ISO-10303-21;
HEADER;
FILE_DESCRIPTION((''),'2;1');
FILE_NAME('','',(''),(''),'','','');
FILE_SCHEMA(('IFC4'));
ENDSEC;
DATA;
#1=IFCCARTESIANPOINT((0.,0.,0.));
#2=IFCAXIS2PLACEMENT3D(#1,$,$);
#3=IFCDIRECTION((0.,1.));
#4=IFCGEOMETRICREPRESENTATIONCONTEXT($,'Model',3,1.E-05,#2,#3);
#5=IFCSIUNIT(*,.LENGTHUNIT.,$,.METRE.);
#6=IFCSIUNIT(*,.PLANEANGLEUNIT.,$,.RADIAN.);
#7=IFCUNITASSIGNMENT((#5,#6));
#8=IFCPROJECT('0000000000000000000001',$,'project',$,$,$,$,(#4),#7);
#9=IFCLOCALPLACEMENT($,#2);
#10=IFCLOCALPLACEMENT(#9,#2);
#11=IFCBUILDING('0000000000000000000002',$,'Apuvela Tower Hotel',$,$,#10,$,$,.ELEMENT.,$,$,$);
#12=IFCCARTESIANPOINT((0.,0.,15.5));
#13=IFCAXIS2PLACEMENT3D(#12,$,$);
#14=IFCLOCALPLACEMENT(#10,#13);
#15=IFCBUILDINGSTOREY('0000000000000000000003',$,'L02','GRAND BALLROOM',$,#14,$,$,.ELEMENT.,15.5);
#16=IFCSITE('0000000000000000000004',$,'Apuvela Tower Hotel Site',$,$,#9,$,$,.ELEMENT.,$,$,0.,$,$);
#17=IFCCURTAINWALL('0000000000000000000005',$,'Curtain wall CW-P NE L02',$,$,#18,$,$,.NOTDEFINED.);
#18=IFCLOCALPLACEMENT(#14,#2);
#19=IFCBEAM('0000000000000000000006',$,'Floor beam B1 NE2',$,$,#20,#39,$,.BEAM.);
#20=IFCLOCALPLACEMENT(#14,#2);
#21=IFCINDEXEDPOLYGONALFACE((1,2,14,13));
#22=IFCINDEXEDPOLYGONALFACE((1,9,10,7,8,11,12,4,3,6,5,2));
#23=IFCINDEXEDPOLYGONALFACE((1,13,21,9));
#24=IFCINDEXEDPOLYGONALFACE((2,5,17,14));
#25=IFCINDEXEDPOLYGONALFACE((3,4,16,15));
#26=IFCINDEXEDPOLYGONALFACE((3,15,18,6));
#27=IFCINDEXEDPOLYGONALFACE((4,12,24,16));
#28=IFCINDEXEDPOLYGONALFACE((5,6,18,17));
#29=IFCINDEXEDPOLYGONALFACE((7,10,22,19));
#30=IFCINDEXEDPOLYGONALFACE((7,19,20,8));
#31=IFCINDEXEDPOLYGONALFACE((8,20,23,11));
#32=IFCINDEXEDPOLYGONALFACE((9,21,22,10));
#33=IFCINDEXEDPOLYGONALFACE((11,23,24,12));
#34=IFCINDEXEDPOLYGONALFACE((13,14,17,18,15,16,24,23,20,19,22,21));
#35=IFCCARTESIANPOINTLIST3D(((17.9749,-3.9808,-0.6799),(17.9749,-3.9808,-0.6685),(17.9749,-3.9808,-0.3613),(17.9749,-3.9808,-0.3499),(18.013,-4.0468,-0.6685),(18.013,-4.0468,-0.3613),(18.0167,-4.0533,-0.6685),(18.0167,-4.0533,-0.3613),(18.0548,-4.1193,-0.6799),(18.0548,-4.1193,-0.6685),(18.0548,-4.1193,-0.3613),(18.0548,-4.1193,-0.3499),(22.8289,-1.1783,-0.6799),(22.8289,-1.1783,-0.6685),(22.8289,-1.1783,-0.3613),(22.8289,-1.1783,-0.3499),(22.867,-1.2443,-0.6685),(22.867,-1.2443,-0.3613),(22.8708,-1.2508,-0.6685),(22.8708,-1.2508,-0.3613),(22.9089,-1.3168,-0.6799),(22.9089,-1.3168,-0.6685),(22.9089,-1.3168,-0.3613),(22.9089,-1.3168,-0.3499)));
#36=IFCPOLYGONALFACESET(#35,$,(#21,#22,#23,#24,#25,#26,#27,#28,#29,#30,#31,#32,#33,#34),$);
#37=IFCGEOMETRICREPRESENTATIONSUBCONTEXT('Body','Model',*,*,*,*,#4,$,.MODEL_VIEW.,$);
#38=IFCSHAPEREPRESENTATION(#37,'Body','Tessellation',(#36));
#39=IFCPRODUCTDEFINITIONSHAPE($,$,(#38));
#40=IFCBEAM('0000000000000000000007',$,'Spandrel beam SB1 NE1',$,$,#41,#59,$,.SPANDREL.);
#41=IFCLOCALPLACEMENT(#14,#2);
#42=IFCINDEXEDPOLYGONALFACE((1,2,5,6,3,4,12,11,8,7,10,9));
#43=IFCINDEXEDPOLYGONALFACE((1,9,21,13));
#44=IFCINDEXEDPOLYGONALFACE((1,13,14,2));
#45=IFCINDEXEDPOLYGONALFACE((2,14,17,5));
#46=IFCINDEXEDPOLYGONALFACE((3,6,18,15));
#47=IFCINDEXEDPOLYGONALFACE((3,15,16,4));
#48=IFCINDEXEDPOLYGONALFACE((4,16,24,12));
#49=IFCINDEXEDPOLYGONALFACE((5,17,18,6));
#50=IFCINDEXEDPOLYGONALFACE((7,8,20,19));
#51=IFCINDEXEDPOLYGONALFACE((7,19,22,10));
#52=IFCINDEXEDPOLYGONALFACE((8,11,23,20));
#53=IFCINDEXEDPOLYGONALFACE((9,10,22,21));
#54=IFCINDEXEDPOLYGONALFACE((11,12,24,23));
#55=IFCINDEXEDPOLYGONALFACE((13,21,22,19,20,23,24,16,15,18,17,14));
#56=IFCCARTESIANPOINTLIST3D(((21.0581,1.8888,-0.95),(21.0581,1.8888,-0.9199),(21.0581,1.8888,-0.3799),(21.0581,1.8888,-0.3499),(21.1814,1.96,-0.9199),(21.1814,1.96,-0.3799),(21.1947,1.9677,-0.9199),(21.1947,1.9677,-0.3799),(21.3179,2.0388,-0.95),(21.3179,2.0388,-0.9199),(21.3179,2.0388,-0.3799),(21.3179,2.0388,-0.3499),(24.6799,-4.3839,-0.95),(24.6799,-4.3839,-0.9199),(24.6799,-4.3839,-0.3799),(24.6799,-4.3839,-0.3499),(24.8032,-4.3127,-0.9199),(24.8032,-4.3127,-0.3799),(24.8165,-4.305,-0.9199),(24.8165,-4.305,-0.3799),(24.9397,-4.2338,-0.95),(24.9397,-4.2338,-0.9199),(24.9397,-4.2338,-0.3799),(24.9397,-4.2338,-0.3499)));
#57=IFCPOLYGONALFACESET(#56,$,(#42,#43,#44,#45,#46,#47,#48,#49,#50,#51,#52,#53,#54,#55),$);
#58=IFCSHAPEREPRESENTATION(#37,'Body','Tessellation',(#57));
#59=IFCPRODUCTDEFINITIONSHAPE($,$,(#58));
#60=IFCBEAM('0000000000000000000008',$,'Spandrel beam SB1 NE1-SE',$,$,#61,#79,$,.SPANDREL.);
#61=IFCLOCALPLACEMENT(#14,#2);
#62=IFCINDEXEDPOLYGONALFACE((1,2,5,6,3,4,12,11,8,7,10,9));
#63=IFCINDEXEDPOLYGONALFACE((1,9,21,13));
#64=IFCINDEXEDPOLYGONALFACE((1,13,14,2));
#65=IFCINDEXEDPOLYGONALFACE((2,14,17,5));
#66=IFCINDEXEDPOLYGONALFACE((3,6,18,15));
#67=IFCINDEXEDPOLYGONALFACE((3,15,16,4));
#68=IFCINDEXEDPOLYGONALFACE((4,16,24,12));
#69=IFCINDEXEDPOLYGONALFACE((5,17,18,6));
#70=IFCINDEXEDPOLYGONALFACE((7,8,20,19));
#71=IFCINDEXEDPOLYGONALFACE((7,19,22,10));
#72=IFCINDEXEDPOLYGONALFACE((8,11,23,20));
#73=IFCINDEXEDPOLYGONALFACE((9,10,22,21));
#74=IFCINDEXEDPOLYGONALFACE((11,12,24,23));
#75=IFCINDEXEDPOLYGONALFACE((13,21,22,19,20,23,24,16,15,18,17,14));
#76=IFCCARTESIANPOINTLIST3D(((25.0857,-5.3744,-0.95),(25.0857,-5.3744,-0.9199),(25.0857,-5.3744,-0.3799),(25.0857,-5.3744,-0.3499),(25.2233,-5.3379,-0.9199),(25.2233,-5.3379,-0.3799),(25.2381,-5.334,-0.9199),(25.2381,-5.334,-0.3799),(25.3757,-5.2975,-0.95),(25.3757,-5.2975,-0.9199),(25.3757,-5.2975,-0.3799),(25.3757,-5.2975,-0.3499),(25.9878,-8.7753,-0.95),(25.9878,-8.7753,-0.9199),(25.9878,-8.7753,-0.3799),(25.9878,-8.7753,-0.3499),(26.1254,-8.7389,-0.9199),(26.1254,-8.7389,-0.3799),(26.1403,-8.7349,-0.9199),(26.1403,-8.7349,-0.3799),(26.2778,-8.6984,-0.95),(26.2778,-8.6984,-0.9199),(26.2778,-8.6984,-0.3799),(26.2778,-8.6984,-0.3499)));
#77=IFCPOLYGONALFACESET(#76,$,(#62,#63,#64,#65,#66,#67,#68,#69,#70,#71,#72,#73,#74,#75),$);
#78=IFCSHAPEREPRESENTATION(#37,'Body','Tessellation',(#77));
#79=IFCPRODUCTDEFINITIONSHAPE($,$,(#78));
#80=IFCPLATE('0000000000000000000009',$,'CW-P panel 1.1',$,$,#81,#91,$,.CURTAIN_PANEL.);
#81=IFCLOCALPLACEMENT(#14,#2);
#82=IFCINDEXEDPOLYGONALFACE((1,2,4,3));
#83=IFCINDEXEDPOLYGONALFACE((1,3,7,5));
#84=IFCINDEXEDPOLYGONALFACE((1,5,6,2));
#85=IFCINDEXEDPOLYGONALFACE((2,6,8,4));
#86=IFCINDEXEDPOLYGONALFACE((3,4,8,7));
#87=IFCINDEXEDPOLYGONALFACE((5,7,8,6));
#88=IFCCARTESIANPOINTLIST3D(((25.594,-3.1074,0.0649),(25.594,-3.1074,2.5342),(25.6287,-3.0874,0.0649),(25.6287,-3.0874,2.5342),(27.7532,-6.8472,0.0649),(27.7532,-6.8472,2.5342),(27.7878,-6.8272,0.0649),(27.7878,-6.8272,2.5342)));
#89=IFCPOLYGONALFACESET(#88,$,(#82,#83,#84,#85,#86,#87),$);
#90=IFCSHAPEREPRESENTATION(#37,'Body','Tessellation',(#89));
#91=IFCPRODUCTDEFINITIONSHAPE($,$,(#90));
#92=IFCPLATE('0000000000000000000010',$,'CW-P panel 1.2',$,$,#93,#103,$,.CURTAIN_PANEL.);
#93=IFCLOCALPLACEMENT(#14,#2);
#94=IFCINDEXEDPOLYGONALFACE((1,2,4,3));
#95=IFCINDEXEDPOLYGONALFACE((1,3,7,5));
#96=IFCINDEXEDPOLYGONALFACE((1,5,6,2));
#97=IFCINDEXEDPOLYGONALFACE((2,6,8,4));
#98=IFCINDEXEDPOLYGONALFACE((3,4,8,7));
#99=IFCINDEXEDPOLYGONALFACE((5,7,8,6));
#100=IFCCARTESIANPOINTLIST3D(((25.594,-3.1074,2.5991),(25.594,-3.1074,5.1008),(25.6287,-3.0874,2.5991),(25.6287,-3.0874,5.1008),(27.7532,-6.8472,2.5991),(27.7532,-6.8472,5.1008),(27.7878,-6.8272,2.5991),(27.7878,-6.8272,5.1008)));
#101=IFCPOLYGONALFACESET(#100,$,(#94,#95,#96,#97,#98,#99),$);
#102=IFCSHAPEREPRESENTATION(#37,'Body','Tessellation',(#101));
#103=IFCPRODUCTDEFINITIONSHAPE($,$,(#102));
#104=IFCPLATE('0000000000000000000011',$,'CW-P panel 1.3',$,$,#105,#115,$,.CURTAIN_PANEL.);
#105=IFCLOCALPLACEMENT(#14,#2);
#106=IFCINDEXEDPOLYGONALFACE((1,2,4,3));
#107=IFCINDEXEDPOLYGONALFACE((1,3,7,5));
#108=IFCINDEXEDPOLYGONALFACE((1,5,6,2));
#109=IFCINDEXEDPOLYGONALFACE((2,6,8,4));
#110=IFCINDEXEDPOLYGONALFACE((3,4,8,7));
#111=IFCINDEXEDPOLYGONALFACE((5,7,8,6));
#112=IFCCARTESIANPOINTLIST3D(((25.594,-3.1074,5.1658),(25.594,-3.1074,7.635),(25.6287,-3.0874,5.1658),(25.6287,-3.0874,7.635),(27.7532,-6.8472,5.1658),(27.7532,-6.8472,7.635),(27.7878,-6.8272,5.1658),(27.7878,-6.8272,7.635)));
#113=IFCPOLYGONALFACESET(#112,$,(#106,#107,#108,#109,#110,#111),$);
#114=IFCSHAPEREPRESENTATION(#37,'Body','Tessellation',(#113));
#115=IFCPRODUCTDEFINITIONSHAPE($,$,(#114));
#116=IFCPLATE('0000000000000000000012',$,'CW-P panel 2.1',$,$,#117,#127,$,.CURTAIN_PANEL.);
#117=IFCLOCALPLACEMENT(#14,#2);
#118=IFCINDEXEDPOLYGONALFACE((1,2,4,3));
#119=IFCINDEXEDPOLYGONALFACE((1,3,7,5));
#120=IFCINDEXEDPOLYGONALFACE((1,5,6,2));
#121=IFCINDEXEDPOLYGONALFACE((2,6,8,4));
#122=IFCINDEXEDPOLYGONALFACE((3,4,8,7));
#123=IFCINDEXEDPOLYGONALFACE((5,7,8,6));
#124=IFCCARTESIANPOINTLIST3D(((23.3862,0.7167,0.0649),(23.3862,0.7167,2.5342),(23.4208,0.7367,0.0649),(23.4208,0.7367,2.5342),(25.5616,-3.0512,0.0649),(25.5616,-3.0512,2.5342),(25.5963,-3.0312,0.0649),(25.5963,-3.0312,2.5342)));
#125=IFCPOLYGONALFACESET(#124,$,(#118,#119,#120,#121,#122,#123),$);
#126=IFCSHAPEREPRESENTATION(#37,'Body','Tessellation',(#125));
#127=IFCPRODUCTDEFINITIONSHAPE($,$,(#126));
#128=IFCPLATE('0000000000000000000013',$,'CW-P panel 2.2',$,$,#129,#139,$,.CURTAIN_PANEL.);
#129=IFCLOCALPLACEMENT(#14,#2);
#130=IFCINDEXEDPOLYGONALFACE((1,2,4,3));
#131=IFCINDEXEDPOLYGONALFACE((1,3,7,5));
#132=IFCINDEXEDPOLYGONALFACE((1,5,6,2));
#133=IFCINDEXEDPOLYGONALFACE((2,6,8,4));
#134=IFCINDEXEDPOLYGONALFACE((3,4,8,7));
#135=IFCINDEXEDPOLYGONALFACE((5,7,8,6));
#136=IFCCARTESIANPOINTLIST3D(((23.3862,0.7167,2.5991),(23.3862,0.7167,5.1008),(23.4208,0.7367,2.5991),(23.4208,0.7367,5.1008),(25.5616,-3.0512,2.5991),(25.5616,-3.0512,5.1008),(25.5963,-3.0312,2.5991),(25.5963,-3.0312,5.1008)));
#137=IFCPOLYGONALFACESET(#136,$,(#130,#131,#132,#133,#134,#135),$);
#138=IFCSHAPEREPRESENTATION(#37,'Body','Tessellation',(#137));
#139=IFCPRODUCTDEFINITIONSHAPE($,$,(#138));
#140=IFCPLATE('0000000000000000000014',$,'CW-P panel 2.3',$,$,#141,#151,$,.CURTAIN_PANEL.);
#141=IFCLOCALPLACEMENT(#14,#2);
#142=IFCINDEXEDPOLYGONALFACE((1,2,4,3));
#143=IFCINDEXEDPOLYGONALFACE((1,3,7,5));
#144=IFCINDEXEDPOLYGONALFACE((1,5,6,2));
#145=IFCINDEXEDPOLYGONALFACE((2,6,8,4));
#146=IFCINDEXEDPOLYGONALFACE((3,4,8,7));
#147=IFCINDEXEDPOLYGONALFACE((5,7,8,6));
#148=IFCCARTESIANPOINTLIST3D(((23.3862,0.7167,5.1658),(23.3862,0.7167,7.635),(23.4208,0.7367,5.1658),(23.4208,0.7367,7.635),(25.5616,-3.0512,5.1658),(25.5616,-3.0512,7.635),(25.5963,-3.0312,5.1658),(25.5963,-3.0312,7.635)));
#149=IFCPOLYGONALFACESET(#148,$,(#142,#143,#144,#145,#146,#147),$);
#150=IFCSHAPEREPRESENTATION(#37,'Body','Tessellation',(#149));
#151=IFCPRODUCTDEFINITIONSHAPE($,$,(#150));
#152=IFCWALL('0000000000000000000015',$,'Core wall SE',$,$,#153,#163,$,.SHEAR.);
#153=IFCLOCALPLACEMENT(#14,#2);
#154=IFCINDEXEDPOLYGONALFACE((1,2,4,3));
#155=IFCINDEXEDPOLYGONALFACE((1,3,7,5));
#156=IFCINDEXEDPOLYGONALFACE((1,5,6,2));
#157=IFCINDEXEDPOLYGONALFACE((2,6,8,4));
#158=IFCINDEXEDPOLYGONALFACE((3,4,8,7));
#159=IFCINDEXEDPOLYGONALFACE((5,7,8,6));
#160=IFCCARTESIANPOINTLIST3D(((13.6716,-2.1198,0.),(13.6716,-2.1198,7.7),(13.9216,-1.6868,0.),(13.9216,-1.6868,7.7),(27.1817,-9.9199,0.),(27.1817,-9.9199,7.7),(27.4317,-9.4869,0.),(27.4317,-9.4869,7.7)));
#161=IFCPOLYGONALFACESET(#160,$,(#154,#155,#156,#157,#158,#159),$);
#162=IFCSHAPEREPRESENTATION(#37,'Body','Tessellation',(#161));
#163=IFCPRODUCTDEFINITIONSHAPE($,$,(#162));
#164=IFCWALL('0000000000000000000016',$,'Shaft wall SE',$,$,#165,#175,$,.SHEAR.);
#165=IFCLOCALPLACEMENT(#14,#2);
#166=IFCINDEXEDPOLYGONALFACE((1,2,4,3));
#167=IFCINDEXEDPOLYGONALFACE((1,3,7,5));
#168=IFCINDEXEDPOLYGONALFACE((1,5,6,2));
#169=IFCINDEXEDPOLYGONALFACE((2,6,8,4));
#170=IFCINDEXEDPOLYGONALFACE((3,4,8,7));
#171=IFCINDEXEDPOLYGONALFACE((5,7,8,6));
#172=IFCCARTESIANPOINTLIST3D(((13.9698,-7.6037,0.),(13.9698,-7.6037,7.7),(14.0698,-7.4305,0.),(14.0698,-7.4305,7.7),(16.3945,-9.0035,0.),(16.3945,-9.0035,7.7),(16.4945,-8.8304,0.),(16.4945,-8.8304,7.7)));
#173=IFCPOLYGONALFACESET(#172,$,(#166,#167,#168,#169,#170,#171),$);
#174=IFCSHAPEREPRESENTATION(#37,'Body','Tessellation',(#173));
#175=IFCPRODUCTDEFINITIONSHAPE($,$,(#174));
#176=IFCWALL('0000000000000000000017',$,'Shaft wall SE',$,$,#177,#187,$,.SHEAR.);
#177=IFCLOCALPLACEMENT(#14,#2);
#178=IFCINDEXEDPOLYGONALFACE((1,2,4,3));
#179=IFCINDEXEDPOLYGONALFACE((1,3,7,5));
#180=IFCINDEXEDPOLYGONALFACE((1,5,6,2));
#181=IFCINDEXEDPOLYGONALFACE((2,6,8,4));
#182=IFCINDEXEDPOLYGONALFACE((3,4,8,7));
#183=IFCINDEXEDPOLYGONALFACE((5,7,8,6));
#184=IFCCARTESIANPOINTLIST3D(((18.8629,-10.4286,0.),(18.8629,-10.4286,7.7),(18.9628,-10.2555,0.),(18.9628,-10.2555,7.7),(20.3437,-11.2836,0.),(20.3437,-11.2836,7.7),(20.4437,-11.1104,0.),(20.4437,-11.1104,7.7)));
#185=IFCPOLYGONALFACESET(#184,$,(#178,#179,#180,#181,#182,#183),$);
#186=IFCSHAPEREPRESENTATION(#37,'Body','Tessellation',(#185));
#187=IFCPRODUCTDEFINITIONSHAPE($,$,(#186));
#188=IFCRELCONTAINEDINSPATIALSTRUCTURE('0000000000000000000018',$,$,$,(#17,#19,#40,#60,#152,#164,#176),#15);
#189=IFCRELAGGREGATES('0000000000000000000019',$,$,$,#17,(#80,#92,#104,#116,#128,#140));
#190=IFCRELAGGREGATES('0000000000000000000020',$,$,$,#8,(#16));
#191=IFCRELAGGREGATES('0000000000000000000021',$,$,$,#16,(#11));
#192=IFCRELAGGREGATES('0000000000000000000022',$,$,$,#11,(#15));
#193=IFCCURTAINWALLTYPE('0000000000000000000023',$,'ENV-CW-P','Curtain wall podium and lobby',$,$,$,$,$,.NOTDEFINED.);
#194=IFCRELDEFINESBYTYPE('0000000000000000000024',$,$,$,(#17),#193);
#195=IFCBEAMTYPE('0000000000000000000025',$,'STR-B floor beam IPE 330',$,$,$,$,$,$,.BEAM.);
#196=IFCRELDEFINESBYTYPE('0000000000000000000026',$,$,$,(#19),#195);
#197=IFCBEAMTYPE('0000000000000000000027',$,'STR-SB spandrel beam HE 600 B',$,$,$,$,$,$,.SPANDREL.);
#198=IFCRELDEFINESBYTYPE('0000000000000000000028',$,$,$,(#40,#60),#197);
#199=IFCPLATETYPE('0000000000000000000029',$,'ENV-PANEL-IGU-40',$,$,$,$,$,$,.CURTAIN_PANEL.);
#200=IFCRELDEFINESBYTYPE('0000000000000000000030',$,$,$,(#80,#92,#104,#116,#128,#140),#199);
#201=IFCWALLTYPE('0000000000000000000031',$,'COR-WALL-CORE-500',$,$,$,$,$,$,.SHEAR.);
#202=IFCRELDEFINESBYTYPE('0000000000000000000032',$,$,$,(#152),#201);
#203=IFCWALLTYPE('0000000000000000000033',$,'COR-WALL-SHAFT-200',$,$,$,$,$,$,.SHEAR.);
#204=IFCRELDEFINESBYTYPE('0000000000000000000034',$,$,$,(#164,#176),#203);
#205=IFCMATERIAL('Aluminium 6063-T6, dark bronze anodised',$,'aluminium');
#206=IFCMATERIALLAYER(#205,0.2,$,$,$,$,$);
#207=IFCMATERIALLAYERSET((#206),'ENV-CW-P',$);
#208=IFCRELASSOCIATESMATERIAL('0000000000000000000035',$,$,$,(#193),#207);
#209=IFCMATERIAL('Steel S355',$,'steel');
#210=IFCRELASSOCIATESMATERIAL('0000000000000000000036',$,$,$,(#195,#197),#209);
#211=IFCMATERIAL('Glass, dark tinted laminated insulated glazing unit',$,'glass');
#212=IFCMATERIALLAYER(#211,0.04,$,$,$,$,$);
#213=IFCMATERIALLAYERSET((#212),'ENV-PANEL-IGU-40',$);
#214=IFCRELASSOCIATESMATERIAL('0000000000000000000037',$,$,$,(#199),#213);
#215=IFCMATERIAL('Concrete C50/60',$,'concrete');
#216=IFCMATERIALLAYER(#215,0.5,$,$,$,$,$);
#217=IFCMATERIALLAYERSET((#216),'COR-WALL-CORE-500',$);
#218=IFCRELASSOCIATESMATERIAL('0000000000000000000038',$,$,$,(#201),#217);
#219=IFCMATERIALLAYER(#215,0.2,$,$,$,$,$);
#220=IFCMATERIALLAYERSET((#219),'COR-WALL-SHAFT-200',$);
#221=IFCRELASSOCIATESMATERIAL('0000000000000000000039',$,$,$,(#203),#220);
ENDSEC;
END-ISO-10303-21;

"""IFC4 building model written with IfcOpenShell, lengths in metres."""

from ifc_helpers import new_model, si_unit, direction, frame, frame_2d, origin, origin_2d, place, context, subcontext, project, spatial, rectangle, i_section, extrude, material, layer, layer_set, material_profile, profile_set, type_object, element, aggregate, save


model = new_model("IFC4")

# Units and contexts
model_context = context("Model", 3, precision=1e-05, world=origin(), true_north=direction((0.0, 1.0)))
body_context = subcontext(model_context, "Body", "Model", "MODEL_VIEW")
ifc_project = project(units=[si_unit("LENGTHUNIT", "METRE"), si_unit("PLANEANGLEUNIT", "RADIAN")], contexts=[model_context])

# Site, building, storey
site_placement = place(None, origin())
site = spatial("IfcSite", under=ifc_project, at=site_placement, Name="Apuvela Tower Hotel Site", CompositionType="ELEMENT", RefElevation=0.0)
building_placement = place(site_placement, origin())
building = spatial("IfcBuilding", under=site, at=building_placement, Name="Apuvela Tower Hotel", CompositionType="ELEMENT")
storey_placement = place(building_placement, frame((0.0, 0.0, 15.5)))
storey = spatial("IfcBuildingStorey", under=building, at=storey_placement, Name="L02", Description="GRAND BALLROOM", CompositionType="ELEMENT", Elevation=15.5)

# Curtain wall
ifc_material_1 = material(Name="Aluminium 6063-T6, dark bronze anodised", Category="aluminium")
ifc_layer_1 = layer(ifc_material_1, 0.2)
ifc_layer_set_1 = layer_set([ifc_layer_1], Name="ENV-CW-P")
curtain_wall_type = type_object("IfcCurtainWallType", Name="ENV-CW-P", Description="Curtain wall podium and lobby", PredefinedType="NOTDEFINED", material=ifc_layer_set_1)
curtain_wall_placement = place(storey_placement, origin())
curtain_wall = element("IfcCurtainWall", 1, at=curtain_wall_placement, inside=storey, type_object=curtain_wall_type, Name="Curtain wall CW-P NE L02", PredefinedType="NOTDEFINED")

# Beams
ifc_material_2 = material(Name="Steel S355", Category="steel")
ifc_material_profile_1 = material_profile(ifc_material_2, i_section(OverallWidth=0.1599, OverallDepth=0.3301, WebThickness=0.0076, FlangeThickness=0.0115, at=origin_2d()), Name="IPE 330")
ifc_profile_set_1 = profile_set([ifc_material_profile_1], Name="Steel S355")
beam_type_1 = type_object("IfcBeamType", Name="STR-B floor beam IPE 330", PredefinedType="BEAM", material=ifc_profile_set_1)
beam_1_placement = place(storey_placement, frame((22.8689, -1.2476, -0.5149), z_axis=(-0.866023, -0.500004, 0.0), x_axis=(0.500004, -0.866023, 0.0)))
element("IfcBeam", 2, at=beam_1_placement, inside=storey, type_object=beam_type_1, Name="Floor beam B1 NE2", PredefinedType="BEAM", context=body_context, shape_type="SweptSolid", body=[
    extrude(i_section(OverallWidth=0.1599, OverallDepth=0.3301, WebThickness=0.0076, FlangeThickness=0.0115, at=origin_2d()), origin(), (0.0, 0.0, 1.0), 5.605),
])
ifc_material_profile_2 = material_profile(ifc_material_2, i_section(OverallWidth=0.3, OverallDepth=0.6001, WebThickness=0.0154, FlangeThickness=0.03, at=origin_2d()), Name="HE 600 B")
ifc_profile_set_2 = profile_set([ifc_material_profile_2], Name="Steel S355")
beam_type_2 = type_object("IfcBeamType", Name="STR-SB spandrel beam HE 600 B", PredefinedType="SPANDREL", material=ifc_profile_set_2)
beam_2_placement = place(storey_placement, frame((24.8098, -4.3088, -0.6499), z_axis=(-0.500029, 0.866009, 0.0), x_axis=(-0.866009, -0.500029, 0.0)))
element("IfcBeam", 3, at=beam_2_placement, inside=storey, type_object=beam_type_2, Name="Spandrel beam SB1 NE1", PredefinedType="SPANDREL", context=body_context, shape_type="SweptSolid", body=[
    extrude(i_section(OverallWidth=0.3, OverallDepth=0.6001, WebThickness=0.0154, FlangeThickness=0.03, at=origin_2d()), origin(), (0.0, 0.0, 1.0), 7.2432),
])
beam_3_placement = place(storey_placement, frame((25.2307, -5.3359, -0.6499), z_axis=(0.256388, -0.966574, 0.0), x_axis=(0.966574, 0.256388, 0.0)))
element("IfcBeam", 4, at=beam_3_placement, inside=storey, type_object=beam_type_2, Name="Spandrel beam SB1 NE1-SE", PredefinedType="SPANDREL", context=body_context, shape_type="SweptSolid", body=[
    extrude(i_section(OverallWidth=0.3, OverallDepth=0.6001, WebThickness=0.0154, FlangeThickness=0.03, at=origin_2d()), origin(), (0.0, 0.0, 1.0), 3.5186),
])

# Plates
ifc_material_3 = material(Name="Glass, dark tinted laminated insulated glazing unit", Category="glass")
ifc_layer_2 = layer(ifc_material_3, 0.04)
ifc_layer_set_2 = layer_set([ifc_layer_2], Name="ENV-PANEL-IGU-40")
plate_type = type_object("IfcPlateType", Name="ENV-PANEL-IGU-40", PredefinedType="CURTAIN_PANEL", material=ifc_layer_set_2)
plate_1_placement = place(storey_placement, frame((26.6909, -4.9673, 0.0649), z_axis=(0.0, 0.0, 1.0), x_axis=(-0.500001, 0.866025, 0.0)))
plate_1 = element("IfcPlate", 5, at=plate_1_placement, type_object=plate_type, Name="CW-P panel 1.1", PredefinedType="CURTAIN_PANEL", context=body_context, shape_type="SweptSolid", body=[
    extrude(rectangle(XDim=4.3184, YDim=0.04, at=origin_2d()), origin(), (0.0, 0.0, 1.0), 2.4692),
])
plate_2_placement = place(storey_placement, frame((26.6909, -4.9673, 2.5991), z_axis=(0.0, 0.0, 1.0), x_axis=(-0.500001, 0.866025, 0.0)))
plate_2 = element("IfcPlate", 6, at=plate_2_placement, type_object=plate_type, Name="CW-P panel 1.2", PredefinedType="CURTAIN_PANEL", context=body_context, shape_type="SweptSolid", body=[
    extrude(rectangle(XDim=4.3184, YDim=0.04, at=origin_2d()), origin(), (0.0, 0.0, 1.0), 2.5017),
])
plate_3_placement = place(storey_placement, frame((26.6909, -4.9673, 5.1658), z_axis=(0.0, 0.0, 1.0), x_axis=(-0.500001, 0.866025, 0.0)))
plate_3 = element("IfcPlate", 7, at=plate_3_placement, type_object=plate_type, Name="CW-P panel 1.3", PredefinedType="CURTAIN_PANEL", context=body_context, shape_type="SweptSolid", body=[
    extrude(rectangle(XDim=4.3184, YDim=0.04, at=origin_2d()), origin(), (0.0, 0.0, 1.0), 2.4692),
])
plate_4_placement = place(storey_placement, frame((24.4912, -1.1572, 0.0649), z_axis=(0.0, 0.0, 1.0), x_axis=(-0.500001, 0.866025, 0.0)))
plate_4 = element("IfcPlate", 8, at=plate_4_placement, type_object=plate_type, Name="CW-P panel 2.1", PredefinedType="CURTAIN_PANEL", context=body_context, shape_type="SweptSolid", body=[
    extrude(rectangle(XDim=4.3508, YDim=0.04, at=origin_2d()), origin(), (0.0, 0.0, 1.0), 2.4692),
])
plate_5_placement = place(storey_placement, frame((24.4912, -1.1572, 2.5991), z_axis=(0.0, 0.0, 1.0), x_axis=(-0.500001, 0.866025, 0.0)))
plate_5 = element("IfcPlate", 9, at=plate_5_placement, type_object=plate_type, Name="CW-P panel 2.2", PredefinedType="CURTAIN_PANEL", context=body_context, shape_type="SweptSolid", body=[
    extrude(rectangle(XDim=4.3508, YDim=0.04, at=origin_2d()), origin(), (0.0, 0.0, 1.0), 2.5017),
])
plate_6_placement = place(storey_placement, frame((24.4912, -1.1572, 5.1658), z_axis=(0.0, 0.0, 1.0), x_axis=(-0.500001, 0.866025, 0.0)))
plate_6 = element("IfcPlate", 10, at=plate_6_placement, type_object=plate_type, Name="CW-P panel 2.3", PredefinedType="CURTAIN_PANEL", context=body_context, shape_type="SweptSolid", body=[
    extrude(rectangle(XDim=4.3508, YDim=0.04, at=origin_2d()), origin(), (0.0, 0.0, 1.0), 2.4692),
])
aggregate(curtain_wall, [plate_1, plate_2, plate_3, plate_4, plate_5, plate_6])

# Walls
ifc_material_4 = material(Name="Concrete C50/60", Category="concrete")
ifc_layer_3 = layer(ifc_material_4, 0.5)
ifc_layer_set_3 = layer_set([ifc_layer_3], Name="COR-WALL-CORE-500")
wall_type_1 = type_object("IfcWallType", Name="COR-WALL-CORE-500", PredefinedType="SHEAR", material=ifc_layer_set_3)
wall_1_placement = place(storey_placement, frame((13.7966, -1.9033, 0.0), z_axis=(0.0, 0.0, 1.0), x_axis=(0.866024, -0.500002, 0.0)))
element("IfcWall", 11, at=wall_1_placement, inside=storey, type_object=wall_type_1, Name="Core wall SE", PredefinedType="SHEAR", context=body_context, shape_type="SweptSolid", body=[
    extrude(rectangle(XDim=15.6001, YDim=0.5, at=frame_2d((7.8, 0.0))), origin(), (0.0, 0.0, 1.0), 7.7),
])
ifc_layer_4 = layer(ifc_material_4, 0.2)
ifc_layer_set_4 = layer_set([ifc_layer_4], Name="COR-WALL-SHAFT-200")
wall_type_2 = type_object("IfcWallType", Name="COR-WALL-SHAFT-200", PredefinedType="SHEAR", material=ifc_layer_set_4)
wall_2_placement = place(storey_placement, frame((14.0198, -7.5171, 0.0), z_axis=(0.0, 0.0, 1.0), x_axis=(0.866035, -0.499984, 0.0)))
element("IfcWall", 12, at=wall_2_placement, inside=storey, type_object=wall_type_2, Name="Shaft wall SE", PredefinedType="SHEAR", context=body_context, shape_type="SweptSolid", body=[
    extrude(rectangle(XDim=2.7998, YDim=0.2, at=frame_2d((1.3999, 0.0))), origin(), (0.0, 0.0, 1.0), 7.7),
])
wall_3_placement = place(storey_placement, frame((18.9128, -10.342, 0.0), z_axis=(0.0, 0.0, 1.0), x_axis=(0.866038, -0.499978, 0.0)))
element("IfcWall", 13, at=wall_3_placement, inside=storey, type_object=wall_type_2, Name="Shaft wall SE", PredefinedType="SHEAR", context=body_context, shape_type="SweptSolid", body=[
    extrude(rectangle(XDim=1.71, YDim=0.2, at=frame_2d((0.855, 0.0))), origin(), (0.0, 0.0, 1.0), 7.7),
])

save(model, "model.ifc")
